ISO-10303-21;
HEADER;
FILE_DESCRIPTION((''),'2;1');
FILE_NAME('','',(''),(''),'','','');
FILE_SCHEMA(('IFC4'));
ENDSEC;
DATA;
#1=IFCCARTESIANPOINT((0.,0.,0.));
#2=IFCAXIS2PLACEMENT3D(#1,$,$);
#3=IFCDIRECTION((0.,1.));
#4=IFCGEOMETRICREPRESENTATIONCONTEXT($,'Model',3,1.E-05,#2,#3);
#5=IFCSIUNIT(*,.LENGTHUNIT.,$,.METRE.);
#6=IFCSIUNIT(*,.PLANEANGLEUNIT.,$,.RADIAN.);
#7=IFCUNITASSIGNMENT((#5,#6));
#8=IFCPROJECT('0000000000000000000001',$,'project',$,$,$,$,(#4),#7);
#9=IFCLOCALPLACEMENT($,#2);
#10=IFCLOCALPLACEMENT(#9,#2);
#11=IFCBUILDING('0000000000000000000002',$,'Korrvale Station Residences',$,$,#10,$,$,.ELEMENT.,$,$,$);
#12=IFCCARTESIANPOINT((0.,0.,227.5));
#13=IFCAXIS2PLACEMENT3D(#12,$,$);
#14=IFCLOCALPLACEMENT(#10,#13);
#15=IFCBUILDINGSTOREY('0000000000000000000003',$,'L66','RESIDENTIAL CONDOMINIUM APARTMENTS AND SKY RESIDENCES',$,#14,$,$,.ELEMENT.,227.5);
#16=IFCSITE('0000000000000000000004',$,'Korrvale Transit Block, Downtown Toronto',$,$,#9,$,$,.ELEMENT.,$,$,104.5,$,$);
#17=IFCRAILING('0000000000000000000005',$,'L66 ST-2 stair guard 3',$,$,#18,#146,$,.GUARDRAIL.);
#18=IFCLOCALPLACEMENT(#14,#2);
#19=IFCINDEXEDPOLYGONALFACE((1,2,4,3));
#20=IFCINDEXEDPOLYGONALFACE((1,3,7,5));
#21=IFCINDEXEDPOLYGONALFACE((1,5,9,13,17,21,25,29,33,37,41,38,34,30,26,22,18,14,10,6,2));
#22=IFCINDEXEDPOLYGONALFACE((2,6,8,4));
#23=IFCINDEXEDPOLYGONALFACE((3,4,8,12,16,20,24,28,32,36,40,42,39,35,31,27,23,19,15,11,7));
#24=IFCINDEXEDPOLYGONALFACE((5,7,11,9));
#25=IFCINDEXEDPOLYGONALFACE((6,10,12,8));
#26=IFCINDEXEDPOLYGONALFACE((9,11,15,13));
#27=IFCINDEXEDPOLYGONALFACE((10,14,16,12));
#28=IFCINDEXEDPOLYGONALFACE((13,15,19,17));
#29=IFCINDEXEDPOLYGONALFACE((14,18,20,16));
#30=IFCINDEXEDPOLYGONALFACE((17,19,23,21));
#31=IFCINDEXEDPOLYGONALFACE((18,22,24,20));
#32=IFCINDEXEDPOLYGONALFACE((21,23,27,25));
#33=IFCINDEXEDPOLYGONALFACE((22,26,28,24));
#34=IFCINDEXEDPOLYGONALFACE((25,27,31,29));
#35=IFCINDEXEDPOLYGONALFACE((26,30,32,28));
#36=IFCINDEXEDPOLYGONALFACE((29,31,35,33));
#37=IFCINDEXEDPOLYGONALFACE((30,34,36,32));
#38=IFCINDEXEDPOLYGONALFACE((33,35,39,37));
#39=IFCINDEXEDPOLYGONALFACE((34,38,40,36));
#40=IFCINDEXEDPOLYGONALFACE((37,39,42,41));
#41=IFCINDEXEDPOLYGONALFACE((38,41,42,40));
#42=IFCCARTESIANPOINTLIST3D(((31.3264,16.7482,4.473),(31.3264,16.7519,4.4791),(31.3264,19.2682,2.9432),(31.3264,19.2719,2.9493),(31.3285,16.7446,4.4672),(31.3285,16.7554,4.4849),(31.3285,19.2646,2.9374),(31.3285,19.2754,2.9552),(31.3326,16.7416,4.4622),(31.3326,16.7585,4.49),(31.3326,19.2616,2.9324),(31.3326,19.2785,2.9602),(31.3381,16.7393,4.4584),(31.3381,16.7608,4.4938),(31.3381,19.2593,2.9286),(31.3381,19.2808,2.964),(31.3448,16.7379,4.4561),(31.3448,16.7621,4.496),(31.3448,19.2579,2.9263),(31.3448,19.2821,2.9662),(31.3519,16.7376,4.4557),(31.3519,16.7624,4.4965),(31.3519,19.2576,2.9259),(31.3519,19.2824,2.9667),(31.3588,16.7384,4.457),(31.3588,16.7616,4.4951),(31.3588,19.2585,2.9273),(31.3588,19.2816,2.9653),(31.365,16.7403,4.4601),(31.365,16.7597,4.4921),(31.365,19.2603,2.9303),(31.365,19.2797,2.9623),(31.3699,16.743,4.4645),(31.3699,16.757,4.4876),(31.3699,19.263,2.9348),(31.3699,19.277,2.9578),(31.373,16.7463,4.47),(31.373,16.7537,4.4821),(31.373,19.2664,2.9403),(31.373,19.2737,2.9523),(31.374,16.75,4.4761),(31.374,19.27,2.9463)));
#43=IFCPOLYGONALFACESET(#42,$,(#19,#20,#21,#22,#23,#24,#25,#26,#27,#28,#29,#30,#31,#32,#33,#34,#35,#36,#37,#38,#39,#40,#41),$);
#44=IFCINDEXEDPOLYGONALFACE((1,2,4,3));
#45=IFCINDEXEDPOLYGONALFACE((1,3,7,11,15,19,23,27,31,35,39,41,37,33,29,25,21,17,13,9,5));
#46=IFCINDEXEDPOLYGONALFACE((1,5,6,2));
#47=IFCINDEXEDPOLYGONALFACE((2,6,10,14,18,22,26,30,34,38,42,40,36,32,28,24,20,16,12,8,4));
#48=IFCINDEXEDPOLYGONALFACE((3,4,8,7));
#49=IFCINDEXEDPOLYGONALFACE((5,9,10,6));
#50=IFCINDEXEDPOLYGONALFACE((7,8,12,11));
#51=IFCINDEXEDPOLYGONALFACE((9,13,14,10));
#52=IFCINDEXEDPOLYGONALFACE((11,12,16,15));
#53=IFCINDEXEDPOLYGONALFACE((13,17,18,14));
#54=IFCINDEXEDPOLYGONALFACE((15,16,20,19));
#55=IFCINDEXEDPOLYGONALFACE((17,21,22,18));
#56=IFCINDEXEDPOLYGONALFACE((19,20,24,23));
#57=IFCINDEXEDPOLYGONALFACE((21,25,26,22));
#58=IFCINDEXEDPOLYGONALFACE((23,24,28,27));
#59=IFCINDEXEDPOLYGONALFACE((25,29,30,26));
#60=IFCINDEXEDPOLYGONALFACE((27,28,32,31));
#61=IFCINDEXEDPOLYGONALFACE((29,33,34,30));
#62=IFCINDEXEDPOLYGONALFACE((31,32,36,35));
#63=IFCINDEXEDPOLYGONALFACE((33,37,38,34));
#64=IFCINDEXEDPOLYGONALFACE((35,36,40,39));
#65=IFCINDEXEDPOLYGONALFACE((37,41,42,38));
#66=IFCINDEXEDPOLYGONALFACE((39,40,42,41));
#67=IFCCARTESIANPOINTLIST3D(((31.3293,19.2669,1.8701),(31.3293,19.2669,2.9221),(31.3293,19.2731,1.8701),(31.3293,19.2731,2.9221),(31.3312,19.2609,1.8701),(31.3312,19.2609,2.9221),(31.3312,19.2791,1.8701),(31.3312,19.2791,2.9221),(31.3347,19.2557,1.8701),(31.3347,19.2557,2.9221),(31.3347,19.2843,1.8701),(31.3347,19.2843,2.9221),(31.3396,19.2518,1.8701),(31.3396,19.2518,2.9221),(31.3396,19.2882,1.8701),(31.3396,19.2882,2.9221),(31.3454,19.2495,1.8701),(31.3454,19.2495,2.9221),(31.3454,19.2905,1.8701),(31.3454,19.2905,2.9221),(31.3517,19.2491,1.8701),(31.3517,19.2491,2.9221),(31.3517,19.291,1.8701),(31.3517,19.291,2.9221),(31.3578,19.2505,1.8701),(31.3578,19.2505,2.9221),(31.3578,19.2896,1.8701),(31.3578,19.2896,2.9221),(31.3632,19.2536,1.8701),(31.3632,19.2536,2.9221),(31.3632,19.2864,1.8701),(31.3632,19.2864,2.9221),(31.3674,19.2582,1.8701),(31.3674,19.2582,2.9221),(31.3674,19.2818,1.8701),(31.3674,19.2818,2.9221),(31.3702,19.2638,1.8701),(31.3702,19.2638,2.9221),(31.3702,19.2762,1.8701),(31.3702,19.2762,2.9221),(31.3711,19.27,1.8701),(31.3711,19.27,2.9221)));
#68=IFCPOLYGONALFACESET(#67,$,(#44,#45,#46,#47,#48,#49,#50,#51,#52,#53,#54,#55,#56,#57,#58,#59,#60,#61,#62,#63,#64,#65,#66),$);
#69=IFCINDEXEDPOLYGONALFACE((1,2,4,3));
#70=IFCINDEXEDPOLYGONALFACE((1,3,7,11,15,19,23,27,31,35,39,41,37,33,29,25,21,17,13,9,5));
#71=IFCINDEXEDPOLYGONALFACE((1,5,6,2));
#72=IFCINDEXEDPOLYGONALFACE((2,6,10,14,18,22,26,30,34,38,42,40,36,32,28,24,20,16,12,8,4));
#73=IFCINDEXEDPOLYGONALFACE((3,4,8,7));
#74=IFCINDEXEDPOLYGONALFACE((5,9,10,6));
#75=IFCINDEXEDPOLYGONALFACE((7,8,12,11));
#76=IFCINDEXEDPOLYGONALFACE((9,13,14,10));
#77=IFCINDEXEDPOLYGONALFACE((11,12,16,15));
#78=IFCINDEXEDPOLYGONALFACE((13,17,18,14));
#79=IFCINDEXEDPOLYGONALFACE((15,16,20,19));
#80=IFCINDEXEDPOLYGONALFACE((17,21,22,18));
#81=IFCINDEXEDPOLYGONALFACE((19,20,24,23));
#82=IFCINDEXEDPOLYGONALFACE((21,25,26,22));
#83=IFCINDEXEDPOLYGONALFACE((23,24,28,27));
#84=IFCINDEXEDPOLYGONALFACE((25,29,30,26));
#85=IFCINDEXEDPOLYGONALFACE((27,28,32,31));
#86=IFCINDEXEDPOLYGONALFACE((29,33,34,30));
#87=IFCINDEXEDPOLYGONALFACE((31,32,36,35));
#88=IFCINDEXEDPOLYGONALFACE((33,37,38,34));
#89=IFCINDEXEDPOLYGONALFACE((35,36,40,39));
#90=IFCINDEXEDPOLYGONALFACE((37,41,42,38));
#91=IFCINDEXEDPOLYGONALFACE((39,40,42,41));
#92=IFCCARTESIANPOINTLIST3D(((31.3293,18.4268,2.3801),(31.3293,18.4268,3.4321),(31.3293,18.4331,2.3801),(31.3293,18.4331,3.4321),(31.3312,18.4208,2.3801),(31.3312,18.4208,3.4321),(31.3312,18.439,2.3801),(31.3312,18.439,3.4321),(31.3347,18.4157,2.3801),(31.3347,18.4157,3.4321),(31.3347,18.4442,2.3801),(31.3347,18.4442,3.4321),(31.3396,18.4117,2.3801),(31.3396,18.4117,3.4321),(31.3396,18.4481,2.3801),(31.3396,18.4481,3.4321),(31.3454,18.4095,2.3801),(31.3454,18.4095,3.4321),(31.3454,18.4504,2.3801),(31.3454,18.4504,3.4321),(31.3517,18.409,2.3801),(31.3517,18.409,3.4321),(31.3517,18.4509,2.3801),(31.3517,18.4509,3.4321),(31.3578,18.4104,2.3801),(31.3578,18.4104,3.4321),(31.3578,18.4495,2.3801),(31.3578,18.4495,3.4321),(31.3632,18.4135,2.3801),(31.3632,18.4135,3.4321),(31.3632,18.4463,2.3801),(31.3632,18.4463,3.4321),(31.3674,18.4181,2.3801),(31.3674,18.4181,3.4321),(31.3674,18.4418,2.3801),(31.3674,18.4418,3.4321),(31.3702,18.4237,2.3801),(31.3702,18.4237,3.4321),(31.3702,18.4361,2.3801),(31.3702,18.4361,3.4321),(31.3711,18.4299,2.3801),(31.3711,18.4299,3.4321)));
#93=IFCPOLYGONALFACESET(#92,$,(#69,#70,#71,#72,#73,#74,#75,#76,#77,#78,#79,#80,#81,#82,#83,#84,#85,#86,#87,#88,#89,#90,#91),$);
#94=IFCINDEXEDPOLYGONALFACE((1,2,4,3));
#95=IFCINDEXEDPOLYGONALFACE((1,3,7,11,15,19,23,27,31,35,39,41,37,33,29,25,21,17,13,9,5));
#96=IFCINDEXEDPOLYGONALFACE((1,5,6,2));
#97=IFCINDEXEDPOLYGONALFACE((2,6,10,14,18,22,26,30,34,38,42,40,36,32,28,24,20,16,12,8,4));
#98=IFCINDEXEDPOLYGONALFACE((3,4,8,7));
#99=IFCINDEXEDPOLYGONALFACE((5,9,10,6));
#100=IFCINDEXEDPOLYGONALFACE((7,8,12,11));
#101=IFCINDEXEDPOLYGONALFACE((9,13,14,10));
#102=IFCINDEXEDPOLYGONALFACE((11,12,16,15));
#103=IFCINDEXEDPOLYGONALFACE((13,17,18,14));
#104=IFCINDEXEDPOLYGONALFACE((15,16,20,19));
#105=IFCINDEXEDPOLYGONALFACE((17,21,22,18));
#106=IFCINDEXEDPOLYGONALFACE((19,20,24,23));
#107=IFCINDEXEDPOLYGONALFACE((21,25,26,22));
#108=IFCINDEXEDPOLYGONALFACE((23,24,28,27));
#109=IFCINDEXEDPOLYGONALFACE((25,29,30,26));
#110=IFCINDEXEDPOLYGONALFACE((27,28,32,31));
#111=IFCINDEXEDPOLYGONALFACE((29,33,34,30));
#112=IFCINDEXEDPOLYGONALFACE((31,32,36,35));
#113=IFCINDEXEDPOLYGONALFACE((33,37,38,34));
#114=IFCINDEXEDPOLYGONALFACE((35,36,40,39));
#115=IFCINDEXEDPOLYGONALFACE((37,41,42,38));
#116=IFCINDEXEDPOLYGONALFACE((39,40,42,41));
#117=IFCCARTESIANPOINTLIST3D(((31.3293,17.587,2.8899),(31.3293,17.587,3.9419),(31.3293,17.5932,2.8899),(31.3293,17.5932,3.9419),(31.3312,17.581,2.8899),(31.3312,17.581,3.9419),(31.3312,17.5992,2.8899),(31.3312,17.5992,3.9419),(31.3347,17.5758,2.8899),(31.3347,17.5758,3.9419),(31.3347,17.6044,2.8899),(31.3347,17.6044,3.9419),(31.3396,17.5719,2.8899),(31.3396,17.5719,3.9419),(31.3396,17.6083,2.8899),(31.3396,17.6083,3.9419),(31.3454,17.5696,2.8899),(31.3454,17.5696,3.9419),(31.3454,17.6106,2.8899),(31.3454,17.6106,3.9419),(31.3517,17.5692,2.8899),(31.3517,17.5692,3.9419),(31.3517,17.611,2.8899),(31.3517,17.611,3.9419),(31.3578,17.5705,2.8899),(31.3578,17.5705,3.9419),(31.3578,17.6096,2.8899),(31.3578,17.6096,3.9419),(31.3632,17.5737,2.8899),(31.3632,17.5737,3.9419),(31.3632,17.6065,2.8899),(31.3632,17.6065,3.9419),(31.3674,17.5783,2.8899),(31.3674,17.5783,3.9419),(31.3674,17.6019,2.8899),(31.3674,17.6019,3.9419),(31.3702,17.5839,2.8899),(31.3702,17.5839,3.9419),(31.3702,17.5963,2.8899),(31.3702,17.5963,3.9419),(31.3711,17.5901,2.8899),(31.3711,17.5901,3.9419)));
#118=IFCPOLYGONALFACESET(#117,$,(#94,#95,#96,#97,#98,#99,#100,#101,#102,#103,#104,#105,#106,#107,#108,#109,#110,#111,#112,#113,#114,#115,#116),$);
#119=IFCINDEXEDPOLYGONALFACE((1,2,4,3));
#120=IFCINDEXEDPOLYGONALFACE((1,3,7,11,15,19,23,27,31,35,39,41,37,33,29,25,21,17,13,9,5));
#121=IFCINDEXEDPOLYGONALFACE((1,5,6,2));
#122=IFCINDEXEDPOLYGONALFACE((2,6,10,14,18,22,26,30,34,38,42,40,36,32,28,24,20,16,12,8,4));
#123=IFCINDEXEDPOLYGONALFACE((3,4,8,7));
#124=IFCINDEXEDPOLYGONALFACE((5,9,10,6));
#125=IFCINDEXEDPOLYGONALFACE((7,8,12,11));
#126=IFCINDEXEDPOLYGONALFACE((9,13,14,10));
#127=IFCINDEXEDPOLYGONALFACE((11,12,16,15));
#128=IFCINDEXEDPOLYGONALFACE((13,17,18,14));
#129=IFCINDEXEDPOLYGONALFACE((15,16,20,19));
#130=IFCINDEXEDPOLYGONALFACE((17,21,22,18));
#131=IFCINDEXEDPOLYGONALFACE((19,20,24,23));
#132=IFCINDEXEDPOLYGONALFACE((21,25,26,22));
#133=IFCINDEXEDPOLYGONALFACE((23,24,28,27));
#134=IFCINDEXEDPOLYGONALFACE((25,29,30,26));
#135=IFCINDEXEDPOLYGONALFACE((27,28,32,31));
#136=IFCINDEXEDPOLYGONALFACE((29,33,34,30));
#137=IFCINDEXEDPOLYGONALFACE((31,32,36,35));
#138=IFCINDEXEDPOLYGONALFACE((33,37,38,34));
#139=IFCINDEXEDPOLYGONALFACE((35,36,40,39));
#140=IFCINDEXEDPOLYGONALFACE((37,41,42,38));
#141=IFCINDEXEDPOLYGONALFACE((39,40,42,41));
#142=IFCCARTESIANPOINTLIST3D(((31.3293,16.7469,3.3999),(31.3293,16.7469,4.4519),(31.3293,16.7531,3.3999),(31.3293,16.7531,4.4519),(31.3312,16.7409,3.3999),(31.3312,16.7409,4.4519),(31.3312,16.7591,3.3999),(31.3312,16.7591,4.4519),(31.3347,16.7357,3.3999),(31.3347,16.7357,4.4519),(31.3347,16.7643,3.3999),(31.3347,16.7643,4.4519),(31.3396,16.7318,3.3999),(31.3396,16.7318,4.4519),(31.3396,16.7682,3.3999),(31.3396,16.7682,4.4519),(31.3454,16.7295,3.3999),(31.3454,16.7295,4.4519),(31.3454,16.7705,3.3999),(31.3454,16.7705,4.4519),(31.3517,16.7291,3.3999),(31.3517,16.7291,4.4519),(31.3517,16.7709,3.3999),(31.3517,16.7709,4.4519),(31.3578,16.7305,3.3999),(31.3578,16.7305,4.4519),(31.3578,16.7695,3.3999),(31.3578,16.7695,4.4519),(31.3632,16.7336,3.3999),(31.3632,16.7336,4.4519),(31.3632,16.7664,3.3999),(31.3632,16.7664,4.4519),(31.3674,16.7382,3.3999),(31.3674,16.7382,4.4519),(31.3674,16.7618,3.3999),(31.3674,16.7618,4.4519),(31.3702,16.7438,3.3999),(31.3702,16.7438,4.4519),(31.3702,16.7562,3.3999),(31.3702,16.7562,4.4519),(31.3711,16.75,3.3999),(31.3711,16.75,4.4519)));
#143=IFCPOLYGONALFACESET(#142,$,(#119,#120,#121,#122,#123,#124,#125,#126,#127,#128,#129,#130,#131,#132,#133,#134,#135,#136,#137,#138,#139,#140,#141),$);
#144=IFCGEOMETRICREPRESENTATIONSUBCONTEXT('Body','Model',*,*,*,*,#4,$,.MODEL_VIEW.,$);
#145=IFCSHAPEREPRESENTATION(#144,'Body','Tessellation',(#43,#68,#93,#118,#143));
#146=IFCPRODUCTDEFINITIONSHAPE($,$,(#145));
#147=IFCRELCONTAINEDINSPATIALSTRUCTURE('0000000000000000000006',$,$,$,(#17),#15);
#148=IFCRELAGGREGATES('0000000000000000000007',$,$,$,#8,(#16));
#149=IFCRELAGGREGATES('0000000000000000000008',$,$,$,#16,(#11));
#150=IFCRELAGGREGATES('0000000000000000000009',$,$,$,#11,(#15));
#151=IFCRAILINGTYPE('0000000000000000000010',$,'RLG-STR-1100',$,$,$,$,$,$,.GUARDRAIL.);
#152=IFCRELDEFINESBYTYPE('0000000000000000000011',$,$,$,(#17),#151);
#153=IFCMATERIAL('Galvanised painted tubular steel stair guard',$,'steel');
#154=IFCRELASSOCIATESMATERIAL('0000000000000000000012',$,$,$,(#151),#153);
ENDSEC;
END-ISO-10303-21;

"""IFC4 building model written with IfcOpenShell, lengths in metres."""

from ifc_helpers import new_model, si_unit, direction, frame, origin, origin_2d, place, context, subcontext, project, spatial, circle, extrude, material, type_object, element, save


model = new_model("IFC4")

# Units and contexts
model_context = context("Model", 3, precision=1e-05, world=origin(), true_north=direction((0.0, 1.0)))
body_context = subcontext(model_context, "Body", "Model", "MODEL_VIEW")
ifc_project = project(units=[si_unit("LENGTHUNIT", "METRE"), si_unit("PLANEANGLEUNIT", "RADIAN")], contexts=[model_context])

# Site, building, storey
site_placement = place(None, origin())
site = spatial("IfcSite", under=ifc_project, at=site_placement, Name="Korrvale Transit Block, Downtown Toronto", CompositionType="ELEMENT", RefElevation=104.5)
building_placement = place(site_placement, origin())
building = spatial("IfcBuilding", under=site, at=building_placement, Name="Korrvale Station Residences", CompositionType="ELEMENT")
storey_placement = place(building_placement, frame((0.0, 0.0, 227.5)))
storey = spatial("IfcBuildingStorey", under=building, at=storey_placement, Name="L66", Description="RESIDENTIAL CONDOMINIUM APARTMENTS AND SKY RESIDENCES", CompositionType="ELEMENT", Elevation=227.5)

# Railing
ifc_material_1 = material(Name="Galvanised painted tubular steel stair guard", Category="steel")
railing_type_1 = type_object("IfcRailingType", Name="RLG-STR-1100", PredefinedType="GUARDRAIL", material=ifc_material_1)
railing_1_placement = place(storey_placement, frame((31.3501, 19.27, 1.8701)))
element("IfcRailing", 1, at=railing_1_placement, inside=storey, type_object=railing_type_1, Name="L66 ST-2 stair guard 3", PredefinedType="GUARDRAIL", context=body_context, shape_type="SweptSolid", body=[
    extrude(circle(Radius=0.0239, at=origin_2d()), frame((0.0, 0.0, 1.0762), z_axis=(0.0, -0.854822, 0.518922), x_axis=(1.0, 0.0, 0.0)), (0.0, 0.0, 1.0), 2.948),
    extrude(circle(Radius=0.021, at=origin_2d()), origin(), (0.0, 0.0, 1.0), 1.052),
    extrude(circle(Radius=0.021, at=origin_2d()), frame((0.0, -0.8401, 0.51)), (0.0, 0.0, 1.0), 1.052),
    extrude(circle(Radius=0.021, at=origin_2d()), frame((0.0, -1.6799, 1.0198)), (0.0, 0.0, 1.0), 1.052),
    extrude(circle(Radius=0.021, at=origin_2d()), frame((0.0, -2.52, 1.5298)), (0.0, 0.0, 1.0), 1.052),
])

save(model, "model.ifc")
